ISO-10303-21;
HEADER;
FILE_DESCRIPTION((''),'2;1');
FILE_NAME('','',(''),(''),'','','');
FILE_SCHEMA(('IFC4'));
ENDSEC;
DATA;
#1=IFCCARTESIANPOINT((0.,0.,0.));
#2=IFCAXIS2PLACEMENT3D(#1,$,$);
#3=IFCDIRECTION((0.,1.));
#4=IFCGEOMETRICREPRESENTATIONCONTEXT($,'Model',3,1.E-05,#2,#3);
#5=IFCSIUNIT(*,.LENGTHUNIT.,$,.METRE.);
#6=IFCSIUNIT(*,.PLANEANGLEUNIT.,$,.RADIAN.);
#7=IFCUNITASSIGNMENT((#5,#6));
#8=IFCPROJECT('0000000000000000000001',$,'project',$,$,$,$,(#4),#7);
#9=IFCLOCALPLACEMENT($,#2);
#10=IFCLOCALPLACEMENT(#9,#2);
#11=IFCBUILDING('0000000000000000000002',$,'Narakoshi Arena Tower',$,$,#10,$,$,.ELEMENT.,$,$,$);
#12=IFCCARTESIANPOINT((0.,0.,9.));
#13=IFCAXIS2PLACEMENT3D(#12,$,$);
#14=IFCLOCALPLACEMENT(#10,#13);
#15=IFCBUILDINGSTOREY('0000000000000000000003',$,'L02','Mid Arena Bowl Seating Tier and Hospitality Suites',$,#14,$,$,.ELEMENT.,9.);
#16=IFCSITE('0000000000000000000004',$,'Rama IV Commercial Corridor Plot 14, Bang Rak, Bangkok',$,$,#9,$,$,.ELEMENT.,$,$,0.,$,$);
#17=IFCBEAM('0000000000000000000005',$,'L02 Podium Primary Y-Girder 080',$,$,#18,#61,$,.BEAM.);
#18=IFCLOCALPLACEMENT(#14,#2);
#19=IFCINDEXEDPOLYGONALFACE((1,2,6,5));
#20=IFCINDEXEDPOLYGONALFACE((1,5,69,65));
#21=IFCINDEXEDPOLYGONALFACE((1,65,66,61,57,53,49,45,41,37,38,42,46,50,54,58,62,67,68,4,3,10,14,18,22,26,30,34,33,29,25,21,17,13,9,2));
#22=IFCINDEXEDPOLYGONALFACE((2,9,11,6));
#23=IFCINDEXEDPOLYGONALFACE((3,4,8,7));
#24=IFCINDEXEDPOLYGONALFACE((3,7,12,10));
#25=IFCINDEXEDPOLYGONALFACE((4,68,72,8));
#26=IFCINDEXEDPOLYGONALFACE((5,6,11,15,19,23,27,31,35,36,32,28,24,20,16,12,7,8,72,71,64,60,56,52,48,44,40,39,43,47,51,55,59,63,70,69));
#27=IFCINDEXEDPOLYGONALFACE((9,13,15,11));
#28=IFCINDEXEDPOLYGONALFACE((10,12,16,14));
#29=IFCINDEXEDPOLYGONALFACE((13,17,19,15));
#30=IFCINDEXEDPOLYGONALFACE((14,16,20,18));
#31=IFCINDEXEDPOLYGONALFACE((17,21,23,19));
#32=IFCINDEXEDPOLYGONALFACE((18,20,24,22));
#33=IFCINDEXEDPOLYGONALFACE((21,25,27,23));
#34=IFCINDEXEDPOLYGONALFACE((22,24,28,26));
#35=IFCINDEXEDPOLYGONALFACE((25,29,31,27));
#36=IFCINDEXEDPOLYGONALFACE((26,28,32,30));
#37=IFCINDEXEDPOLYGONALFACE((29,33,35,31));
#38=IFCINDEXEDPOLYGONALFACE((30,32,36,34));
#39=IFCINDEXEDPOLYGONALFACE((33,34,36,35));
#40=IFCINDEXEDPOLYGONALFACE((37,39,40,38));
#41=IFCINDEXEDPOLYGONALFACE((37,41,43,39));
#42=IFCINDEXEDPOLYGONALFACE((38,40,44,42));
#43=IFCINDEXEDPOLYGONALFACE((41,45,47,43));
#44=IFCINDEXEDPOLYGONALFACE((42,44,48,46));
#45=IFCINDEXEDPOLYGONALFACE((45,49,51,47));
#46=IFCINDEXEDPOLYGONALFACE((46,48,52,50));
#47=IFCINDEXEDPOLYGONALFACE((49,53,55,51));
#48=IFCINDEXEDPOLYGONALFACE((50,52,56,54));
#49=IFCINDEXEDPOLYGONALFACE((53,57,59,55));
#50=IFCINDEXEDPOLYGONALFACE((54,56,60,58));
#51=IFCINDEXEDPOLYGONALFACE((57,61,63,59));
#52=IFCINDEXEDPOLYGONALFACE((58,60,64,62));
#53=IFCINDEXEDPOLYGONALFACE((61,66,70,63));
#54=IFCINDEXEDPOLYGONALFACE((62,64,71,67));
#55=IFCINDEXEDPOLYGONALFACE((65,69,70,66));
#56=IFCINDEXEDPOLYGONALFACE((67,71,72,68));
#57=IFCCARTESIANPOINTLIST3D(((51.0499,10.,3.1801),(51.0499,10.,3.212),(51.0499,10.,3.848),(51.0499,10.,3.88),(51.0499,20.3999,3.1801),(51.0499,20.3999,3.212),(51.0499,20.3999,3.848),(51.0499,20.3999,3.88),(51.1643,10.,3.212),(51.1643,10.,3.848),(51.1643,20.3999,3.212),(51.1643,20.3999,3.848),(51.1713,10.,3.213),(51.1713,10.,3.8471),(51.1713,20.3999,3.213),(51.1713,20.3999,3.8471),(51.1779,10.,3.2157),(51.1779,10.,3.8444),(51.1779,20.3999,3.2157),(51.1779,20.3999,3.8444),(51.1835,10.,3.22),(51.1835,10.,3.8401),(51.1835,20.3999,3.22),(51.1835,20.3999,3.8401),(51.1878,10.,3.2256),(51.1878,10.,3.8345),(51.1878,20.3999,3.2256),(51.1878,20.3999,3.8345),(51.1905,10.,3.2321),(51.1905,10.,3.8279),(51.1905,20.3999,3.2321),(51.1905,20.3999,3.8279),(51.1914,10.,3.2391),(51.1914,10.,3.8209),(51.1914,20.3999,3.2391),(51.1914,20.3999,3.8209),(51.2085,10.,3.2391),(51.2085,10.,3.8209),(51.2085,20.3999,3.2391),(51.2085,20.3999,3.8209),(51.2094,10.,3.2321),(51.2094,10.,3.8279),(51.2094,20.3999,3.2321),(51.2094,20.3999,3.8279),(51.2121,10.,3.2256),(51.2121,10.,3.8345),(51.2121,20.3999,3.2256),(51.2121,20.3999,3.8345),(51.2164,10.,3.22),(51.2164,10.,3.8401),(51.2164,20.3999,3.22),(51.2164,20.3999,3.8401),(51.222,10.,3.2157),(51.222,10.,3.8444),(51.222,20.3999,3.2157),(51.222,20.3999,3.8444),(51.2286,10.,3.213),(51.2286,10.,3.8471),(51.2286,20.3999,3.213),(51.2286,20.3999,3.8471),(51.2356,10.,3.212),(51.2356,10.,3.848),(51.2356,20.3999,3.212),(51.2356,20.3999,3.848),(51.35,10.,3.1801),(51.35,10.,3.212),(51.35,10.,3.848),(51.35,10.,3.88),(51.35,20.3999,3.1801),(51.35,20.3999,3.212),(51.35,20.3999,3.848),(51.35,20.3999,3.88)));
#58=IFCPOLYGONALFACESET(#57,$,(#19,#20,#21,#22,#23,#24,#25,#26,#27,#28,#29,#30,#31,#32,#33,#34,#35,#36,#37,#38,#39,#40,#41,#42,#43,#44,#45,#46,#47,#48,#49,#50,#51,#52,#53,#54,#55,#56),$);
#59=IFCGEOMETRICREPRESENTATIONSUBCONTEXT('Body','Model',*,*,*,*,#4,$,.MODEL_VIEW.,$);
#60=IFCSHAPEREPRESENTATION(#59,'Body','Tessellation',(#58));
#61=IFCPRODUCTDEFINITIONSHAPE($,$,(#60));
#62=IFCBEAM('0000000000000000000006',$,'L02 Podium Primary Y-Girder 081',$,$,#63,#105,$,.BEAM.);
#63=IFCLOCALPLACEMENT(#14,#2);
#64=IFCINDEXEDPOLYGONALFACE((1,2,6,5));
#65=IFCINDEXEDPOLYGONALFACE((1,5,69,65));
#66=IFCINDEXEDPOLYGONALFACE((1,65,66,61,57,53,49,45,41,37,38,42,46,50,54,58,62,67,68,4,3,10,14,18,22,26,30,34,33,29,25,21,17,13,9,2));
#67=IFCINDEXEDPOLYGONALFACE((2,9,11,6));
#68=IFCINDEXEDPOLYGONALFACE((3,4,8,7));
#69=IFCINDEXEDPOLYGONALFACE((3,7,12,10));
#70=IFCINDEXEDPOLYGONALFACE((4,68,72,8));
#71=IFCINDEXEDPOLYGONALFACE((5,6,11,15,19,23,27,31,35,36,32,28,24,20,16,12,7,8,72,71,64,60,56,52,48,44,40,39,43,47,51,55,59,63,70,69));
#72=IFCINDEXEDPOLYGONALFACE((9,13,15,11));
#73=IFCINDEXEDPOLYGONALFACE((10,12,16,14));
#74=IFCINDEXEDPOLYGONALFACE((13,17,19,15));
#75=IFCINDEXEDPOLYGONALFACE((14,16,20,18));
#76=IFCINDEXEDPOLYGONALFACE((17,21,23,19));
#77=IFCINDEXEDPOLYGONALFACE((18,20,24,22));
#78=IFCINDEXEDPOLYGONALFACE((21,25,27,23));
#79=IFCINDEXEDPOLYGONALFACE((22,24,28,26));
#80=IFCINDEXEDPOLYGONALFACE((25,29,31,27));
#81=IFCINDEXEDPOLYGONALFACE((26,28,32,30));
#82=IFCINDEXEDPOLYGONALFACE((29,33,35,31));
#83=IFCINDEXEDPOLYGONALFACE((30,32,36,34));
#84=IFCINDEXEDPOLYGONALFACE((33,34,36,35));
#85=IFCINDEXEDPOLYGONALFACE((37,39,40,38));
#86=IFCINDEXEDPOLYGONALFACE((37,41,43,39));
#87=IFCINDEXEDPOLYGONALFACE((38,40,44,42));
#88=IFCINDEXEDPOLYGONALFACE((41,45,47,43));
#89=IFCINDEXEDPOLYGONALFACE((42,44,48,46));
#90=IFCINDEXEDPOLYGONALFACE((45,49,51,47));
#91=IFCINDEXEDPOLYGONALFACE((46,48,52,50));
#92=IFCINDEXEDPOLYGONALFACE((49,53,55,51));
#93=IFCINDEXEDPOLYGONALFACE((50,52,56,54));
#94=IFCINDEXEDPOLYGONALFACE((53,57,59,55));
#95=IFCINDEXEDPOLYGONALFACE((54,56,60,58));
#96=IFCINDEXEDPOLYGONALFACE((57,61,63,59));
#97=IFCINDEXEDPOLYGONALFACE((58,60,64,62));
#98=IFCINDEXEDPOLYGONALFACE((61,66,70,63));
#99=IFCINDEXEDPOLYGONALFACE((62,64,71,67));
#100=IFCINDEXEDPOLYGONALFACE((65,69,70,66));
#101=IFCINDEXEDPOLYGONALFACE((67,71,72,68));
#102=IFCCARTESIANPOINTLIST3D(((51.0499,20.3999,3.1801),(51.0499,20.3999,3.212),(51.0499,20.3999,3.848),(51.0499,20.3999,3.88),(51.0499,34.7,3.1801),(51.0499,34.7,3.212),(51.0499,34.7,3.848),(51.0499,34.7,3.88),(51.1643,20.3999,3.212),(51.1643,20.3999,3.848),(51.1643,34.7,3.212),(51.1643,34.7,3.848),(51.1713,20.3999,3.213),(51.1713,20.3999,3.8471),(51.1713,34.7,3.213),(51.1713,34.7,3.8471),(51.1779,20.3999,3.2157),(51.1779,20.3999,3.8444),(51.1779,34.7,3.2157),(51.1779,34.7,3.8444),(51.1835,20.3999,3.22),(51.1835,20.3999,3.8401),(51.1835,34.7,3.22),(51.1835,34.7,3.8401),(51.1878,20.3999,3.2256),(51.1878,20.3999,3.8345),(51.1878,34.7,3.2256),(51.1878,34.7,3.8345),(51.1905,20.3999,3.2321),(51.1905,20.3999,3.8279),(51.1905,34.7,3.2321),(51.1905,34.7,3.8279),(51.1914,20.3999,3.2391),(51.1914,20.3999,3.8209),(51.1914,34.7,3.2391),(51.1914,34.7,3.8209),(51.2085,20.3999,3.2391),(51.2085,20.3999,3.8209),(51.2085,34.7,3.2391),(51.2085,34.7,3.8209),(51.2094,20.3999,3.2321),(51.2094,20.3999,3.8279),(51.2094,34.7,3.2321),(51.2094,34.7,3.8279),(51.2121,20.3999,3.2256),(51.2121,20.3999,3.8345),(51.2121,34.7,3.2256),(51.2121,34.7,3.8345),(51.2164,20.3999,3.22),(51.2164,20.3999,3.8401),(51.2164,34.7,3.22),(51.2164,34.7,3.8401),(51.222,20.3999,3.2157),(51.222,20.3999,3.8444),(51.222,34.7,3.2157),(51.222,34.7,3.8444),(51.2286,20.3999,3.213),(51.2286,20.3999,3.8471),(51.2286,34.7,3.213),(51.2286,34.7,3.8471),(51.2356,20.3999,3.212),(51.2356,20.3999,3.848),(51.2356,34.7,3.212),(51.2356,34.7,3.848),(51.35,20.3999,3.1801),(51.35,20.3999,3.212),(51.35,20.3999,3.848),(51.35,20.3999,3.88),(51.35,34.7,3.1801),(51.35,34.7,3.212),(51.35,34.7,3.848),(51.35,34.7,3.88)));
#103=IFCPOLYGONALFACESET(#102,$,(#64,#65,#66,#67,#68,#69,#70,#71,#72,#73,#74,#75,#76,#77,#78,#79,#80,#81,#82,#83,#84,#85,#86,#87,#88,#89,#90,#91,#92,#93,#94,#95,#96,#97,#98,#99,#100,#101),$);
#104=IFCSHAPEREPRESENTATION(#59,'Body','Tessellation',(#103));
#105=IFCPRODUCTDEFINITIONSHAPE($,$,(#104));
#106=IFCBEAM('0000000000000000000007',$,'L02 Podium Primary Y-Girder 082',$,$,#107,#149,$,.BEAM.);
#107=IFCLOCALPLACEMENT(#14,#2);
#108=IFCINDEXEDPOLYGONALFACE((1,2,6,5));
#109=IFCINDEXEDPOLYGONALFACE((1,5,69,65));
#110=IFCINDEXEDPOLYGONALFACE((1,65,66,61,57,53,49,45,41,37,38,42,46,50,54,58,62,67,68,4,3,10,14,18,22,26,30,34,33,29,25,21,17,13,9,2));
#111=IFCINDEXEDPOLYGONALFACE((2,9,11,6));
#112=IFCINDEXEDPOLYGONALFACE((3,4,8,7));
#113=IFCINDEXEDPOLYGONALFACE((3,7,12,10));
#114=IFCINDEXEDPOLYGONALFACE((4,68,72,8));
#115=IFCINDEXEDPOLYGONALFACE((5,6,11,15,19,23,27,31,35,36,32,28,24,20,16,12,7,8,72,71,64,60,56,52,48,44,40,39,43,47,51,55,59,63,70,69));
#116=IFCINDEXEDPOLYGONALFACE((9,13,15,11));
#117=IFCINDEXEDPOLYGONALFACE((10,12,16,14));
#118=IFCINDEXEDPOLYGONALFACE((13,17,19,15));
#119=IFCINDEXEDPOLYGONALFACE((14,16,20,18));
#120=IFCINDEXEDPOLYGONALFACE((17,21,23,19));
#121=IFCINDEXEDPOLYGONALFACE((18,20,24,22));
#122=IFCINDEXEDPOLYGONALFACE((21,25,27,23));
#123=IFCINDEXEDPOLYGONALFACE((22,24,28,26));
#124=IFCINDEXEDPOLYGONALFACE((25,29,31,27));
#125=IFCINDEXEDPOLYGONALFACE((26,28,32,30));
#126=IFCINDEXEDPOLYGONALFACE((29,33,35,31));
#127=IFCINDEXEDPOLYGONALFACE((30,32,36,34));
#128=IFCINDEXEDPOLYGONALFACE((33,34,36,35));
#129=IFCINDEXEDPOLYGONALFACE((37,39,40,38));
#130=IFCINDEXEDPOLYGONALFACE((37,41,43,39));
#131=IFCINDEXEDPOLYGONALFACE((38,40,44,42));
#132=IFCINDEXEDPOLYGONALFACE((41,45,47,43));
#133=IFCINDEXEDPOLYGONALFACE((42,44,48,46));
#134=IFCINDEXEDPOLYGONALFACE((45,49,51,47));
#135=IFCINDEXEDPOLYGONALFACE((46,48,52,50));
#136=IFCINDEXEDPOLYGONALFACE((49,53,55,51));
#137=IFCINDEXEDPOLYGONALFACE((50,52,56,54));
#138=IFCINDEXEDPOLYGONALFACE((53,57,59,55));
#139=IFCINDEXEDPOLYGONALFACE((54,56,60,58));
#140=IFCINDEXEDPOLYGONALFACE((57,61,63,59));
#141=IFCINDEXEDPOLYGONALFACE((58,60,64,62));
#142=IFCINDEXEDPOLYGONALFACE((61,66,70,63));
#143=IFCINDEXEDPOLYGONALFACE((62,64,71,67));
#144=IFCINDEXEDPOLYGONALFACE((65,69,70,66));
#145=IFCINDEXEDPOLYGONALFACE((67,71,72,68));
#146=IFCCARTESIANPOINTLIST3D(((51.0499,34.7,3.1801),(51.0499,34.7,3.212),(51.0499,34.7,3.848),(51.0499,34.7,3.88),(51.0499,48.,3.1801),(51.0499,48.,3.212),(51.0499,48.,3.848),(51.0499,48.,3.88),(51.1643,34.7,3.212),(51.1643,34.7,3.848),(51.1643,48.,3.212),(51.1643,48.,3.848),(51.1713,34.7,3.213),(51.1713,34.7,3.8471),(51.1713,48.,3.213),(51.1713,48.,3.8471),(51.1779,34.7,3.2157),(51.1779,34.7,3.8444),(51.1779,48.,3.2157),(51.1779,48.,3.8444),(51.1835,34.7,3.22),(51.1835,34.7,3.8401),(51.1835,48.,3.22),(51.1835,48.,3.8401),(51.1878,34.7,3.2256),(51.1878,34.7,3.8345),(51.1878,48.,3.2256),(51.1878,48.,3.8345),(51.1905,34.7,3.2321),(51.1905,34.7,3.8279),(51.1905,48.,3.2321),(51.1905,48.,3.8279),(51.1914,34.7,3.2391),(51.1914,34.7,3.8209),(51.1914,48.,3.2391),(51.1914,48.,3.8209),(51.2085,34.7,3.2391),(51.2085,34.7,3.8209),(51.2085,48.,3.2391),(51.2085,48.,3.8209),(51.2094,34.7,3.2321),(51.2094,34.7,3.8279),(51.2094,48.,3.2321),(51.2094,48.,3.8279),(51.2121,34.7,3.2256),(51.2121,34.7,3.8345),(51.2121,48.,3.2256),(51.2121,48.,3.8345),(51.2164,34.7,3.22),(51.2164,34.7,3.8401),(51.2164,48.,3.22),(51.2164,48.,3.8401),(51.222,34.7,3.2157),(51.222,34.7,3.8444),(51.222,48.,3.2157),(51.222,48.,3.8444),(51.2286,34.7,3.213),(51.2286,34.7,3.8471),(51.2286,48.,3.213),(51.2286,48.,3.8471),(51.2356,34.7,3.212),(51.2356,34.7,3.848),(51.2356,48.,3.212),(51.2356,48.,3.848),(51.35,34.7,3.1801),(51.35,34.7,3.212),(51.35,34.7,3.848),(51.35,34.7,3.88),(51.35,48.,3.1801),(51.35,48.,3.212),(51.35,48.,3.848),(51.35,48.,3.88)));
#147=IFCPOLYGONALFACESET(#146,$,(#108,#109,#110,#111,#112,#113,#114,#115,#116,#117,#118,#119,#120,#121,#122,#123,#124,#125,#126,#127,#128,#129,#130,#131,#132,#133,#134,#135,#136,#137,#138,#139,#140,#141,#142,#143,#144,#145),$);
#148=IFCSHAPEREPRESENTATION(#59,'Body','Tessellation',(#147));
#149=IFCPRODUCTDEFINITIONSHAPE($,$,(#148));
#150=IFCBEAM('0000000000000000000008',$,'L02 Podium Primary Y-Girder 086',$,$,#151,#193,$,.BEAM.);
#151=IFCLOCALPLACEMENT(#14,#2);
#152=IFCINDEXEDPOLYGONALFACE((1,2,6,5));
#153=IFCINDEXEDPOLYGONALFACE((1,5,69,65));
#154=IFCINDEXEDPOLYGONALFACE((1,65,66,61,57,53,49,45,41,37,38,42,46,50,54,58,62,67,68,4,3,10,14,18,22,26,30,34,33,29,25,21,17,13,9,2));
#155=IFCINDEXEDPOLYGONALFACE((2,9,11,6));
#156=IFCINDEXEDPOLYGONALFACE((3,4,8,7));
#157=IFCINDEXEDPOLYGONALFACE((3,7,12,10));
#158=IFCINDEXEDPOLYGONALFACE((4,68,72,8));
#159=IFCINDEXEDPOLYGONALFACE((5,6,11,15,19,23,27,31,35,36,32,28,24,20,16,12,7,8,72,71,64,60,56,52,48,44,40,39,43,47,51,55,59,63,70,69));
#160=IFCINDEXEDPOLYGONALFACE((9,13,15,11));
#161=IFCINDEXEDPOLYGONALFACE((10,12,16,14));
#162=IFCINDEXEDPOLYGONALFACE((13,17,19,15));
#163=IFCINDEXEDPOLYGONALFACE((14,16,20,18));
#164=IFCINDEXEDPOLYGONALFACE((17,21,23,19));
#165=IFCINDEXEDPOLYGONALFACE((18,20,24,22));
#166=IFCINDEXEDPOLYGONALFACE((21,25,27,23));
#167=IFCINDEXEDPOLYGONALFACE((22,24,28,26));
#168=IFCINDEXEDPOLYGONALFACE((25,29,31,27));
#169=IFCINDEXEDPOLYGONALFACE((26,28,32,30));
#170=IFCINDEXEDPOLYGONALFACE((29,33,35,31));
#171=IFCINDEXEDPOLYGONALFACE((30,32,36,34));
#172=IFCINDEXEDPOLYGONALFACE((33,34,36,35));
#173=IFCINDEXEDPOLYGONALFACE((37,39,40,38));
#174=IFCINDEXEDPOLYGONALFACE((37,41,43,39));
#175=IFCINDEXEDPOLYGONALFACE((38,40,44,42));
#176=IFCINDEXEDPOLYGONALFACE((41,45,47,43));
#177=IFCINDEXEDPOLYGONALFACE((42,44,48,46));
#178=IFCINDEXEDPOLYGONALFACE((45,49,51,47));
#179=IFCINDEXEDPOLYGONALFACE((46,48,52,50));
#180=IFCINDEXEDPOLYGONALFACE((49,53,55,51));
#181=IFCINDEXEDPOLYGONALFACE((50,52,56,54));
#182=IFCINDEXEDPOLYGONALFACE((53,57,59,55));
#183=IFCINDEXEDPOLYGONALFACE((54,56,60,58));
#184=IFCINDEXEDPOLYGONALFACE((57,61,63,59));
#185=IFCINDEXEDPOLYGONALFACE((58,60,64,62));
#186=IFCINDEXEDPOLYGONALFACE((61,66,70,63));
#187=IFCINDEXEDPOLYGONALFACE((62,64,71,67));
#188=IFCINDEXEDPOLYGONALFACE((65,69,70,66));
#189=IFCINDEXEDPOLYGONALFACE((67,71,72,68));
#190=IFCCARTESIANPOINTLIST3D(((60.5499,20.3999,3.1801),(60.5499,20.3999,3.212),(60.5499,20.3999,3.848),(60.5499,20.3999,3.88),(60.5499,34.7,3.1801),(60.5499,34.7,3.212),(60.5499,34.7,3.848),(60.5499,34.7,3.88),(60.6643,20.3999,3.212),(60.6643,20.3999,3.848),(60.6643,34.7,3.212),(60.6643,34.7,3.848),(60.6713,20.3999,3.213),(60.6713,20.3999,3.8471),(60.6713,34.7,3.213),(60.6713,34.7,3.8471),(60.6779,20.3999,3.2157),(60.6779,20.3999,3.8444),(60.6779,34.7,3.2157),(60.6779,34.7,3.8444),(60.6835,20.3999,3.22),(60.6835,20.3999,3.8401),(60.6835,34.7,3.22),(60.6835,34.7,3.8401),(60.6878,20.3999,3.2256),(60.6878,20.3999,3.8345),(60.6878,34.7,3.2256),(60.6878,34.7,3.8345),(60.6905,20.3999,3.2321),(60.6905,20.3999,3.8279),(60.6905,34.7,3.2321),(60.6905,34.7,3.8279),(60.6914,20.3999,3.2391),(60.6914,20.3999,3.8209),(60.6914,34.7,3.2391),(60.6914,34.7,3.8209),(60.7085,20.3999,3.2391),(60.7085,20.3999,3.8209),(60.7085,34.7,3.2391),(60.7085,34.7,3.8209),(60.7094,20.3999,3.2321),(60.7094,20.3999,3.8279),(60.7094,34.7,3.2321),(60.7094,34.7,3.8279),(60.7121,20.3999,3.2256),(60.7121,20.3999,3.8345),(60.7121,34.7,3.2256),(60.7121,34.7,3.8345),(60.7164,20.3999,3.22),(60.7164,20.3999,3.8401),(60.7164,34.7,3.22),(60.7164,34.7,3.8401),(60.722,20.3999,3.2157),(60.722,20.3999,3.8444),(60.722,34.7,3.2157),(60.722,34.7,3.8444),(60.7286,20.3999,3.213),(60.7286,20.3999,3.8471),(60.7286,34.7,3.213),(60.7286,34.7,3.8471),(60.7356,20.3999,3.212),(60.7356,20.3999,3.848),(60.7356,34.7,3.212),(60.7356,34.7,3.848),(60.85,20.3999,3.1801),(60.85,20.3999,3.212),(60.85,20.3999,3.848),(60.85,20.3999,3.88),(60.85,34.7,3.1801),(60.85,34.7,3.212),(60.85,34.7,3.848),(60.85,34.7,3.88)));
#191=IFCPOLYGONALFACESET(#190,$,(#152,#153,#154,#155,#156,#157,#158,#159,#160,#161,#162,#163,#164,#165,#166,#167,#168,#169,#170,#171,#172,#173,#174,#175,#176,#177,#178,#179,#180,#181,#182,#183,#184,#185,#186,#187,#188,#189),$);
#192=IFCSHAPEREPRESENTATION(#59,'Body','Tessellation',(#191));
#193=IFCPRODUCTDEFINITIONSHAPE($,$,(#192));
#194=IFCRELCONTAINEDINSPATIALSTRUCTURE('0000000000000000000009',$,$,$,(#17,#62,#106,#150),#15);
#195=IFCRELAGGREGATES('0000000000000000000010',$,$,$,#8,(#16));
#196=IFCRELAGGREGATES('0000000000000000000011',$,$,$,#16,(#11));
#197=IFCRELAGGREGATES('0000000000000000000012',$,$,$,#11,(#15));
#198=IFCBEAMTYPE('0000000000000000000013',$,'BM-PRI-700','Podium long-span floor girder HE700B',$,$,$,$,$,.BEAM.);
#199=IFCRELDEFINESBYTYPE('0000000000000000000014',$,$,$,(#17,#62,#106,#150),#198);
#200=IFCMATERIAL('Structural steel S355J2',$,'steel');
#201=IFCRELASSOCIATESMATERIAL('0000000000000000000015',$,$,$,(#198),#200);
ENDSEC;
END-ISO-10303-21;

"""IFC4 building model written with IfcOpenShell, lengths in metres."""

from ifc_helpers import new_model, si_unit, direction, frame, origin, origin_2d, place, context, subcontext, project, spatial, i_section, extrude, material, material_profile, profile_set, type_object, element, save


model = new_model("IFC4")

# Units and contexts
model_context = context("Model", 3, precision=1e-05, world=origin(), true_north=direction((0.0, 1.0)))
body_context = subcontext(model_context, "Body", "Model", "MODEL_VIEW")
ifc_project = project(units=[si_unit("LENGTHUNIT", "METRE"), si_unit("PLANEANGLEUNIT", "RADIAN")], contexts=[model_context])

# Site, building, storey
site_placement = place(None, origin())
site = spatial("IfcSite", under=ifc_project, at=site_placement, Name="Rama IV Commercial Corridor Plot 14, Bang Rak, Bangkok", CompositionType="ELEMENT", RefElevation=0.0)
building_placement = place(site_placement, origin())
building = spatial("IfcBuilding", under=site, at=building_placement, Name="Narakoshi Arena Tower", CompositionType="ELEMENT")
storey_placement = place(building_placement, frame((0.0, 0.0, 9.0)))
storey = spatial("IfcBuildingStorey", under=building, at=storey_placement, Name="L02", Description="Mid Arena Bowl Seating Tier and Hospitality Suites", CompositionType="ELEMENT", Elevation=9.0)

# Beams
ifc_material_1 = material(Name="Structural steel S355J2", Category="steel")
ifc_material_profile_1 = material_profile(ifc_material_1, i_section(OverallWidth=0.3, OverallDepth=0.7, WebThickness=0.0171, FlangeThickness=0.032, FilletRadius=0.0271, at=origin_2d()), Name="HE700B")
ifc_profile_set_1 = profile_set([ifc_material_profile_1], Name="Structural steel S355J2")
beam_type_1 = type_object("IfcBeamType", Name="BM-PRI-700", Description="Podium long-span floor girder HE700B", PredefinedType="BEAM", material=ifc_profile_set_1)
beam_1_placement = place(storey_placement, frame((51.2, 10.0, 3.53), z_axis=(0.0, 1.0, 0.0), x_axis=(-1.0, 0.0, 0.0)))
element("IfcBeam", 1, at=beam_1_placement, inside=storey, type_object=beam_type_1, Name="L02 Podium Primary Y-Girder 080", PredefinedType="BEAM", context=body_context, shape_type="SweptSolid", body=[
    extrude(i_section(OverallWidth=0.3, OverallDepth=0.7, WebThickness=0.0171, FlangeThickness=0.032, FilletRadius=0.0271, at=origin_2d()), origin(), (0.0, 0.0, 1.0), 10.3999),
])
beam_2_placement = place(storey_placement, frame((51.2, 20.3999, 3.53), z_axis=(0.0, 1.0, 0.0), x_axis=(-1.0, 0.0, 0.0)))
element("IfcBeam", 2, at=beam_2_placement, inside=storey, type_object=beam_type_1, Name="L02 Podium Primary Y-Girder 081", PredefinedType="BEAM", context=body_context, shape_type="SweptSolid", body=[
    extrude(i_section(OverallWidth=0.3, OverallDepth=0.7, WebThickness=0.0171, FlangeThickness=0.032, FilletRadius=0.0271, at=origin_2d()), origin(), (0.0, 0.0, 1.0), 14.3),
])
beam_3_placement = place(storey_placement, frame((51.2, 34.7, 3.53), z_axis=(0.0, 1.0, 0.0), x_axis=(-1.0, 0.0, 0.0)))
element("IfcBeam", 3, at=beam_3_placement, inside=storey, type_object=beam_type_1, Name="L02 Podium Primary Y-Girder 082", PredefinedType="BEAM", context=body_context, shape_type="SweptSolid", body=[
    extrude(i_section(OverallWidth=0.3, OverallDepth=0.7, WebThickness=0.0171, FlangeThickness=0.032, FilletRadius=0.0271, at=origin_2d()), origin(), (0.0, 0.0, 1.0), 13.3),
])
beam_4_placement = place(storey_placement, frame((60.7, 20.3999, 3.53), z_axis=(0.0, 1.0, 0.0), x_axis=(-1.0, 0.0, 0.0)))
element("IfcBeam", 4, at=beam_4_placement, inside=storey, type_object=beam_type_1, Name="L02 Podium Primary Y-Girder 086", PredefinedType="BEAM", context=body_context, shape_type="SweptSolid", body=[
    extrude(i_section(OverallWidth=0.3, OverallDepth=0.7, WebThickness=0.0171, FlangeThickness=0.032, FilletRadius=0.0271, at=origin_2d()), origin(), (0.0, 0.0, 1.0), 14.3),
])

save(model, "model.ifc")
